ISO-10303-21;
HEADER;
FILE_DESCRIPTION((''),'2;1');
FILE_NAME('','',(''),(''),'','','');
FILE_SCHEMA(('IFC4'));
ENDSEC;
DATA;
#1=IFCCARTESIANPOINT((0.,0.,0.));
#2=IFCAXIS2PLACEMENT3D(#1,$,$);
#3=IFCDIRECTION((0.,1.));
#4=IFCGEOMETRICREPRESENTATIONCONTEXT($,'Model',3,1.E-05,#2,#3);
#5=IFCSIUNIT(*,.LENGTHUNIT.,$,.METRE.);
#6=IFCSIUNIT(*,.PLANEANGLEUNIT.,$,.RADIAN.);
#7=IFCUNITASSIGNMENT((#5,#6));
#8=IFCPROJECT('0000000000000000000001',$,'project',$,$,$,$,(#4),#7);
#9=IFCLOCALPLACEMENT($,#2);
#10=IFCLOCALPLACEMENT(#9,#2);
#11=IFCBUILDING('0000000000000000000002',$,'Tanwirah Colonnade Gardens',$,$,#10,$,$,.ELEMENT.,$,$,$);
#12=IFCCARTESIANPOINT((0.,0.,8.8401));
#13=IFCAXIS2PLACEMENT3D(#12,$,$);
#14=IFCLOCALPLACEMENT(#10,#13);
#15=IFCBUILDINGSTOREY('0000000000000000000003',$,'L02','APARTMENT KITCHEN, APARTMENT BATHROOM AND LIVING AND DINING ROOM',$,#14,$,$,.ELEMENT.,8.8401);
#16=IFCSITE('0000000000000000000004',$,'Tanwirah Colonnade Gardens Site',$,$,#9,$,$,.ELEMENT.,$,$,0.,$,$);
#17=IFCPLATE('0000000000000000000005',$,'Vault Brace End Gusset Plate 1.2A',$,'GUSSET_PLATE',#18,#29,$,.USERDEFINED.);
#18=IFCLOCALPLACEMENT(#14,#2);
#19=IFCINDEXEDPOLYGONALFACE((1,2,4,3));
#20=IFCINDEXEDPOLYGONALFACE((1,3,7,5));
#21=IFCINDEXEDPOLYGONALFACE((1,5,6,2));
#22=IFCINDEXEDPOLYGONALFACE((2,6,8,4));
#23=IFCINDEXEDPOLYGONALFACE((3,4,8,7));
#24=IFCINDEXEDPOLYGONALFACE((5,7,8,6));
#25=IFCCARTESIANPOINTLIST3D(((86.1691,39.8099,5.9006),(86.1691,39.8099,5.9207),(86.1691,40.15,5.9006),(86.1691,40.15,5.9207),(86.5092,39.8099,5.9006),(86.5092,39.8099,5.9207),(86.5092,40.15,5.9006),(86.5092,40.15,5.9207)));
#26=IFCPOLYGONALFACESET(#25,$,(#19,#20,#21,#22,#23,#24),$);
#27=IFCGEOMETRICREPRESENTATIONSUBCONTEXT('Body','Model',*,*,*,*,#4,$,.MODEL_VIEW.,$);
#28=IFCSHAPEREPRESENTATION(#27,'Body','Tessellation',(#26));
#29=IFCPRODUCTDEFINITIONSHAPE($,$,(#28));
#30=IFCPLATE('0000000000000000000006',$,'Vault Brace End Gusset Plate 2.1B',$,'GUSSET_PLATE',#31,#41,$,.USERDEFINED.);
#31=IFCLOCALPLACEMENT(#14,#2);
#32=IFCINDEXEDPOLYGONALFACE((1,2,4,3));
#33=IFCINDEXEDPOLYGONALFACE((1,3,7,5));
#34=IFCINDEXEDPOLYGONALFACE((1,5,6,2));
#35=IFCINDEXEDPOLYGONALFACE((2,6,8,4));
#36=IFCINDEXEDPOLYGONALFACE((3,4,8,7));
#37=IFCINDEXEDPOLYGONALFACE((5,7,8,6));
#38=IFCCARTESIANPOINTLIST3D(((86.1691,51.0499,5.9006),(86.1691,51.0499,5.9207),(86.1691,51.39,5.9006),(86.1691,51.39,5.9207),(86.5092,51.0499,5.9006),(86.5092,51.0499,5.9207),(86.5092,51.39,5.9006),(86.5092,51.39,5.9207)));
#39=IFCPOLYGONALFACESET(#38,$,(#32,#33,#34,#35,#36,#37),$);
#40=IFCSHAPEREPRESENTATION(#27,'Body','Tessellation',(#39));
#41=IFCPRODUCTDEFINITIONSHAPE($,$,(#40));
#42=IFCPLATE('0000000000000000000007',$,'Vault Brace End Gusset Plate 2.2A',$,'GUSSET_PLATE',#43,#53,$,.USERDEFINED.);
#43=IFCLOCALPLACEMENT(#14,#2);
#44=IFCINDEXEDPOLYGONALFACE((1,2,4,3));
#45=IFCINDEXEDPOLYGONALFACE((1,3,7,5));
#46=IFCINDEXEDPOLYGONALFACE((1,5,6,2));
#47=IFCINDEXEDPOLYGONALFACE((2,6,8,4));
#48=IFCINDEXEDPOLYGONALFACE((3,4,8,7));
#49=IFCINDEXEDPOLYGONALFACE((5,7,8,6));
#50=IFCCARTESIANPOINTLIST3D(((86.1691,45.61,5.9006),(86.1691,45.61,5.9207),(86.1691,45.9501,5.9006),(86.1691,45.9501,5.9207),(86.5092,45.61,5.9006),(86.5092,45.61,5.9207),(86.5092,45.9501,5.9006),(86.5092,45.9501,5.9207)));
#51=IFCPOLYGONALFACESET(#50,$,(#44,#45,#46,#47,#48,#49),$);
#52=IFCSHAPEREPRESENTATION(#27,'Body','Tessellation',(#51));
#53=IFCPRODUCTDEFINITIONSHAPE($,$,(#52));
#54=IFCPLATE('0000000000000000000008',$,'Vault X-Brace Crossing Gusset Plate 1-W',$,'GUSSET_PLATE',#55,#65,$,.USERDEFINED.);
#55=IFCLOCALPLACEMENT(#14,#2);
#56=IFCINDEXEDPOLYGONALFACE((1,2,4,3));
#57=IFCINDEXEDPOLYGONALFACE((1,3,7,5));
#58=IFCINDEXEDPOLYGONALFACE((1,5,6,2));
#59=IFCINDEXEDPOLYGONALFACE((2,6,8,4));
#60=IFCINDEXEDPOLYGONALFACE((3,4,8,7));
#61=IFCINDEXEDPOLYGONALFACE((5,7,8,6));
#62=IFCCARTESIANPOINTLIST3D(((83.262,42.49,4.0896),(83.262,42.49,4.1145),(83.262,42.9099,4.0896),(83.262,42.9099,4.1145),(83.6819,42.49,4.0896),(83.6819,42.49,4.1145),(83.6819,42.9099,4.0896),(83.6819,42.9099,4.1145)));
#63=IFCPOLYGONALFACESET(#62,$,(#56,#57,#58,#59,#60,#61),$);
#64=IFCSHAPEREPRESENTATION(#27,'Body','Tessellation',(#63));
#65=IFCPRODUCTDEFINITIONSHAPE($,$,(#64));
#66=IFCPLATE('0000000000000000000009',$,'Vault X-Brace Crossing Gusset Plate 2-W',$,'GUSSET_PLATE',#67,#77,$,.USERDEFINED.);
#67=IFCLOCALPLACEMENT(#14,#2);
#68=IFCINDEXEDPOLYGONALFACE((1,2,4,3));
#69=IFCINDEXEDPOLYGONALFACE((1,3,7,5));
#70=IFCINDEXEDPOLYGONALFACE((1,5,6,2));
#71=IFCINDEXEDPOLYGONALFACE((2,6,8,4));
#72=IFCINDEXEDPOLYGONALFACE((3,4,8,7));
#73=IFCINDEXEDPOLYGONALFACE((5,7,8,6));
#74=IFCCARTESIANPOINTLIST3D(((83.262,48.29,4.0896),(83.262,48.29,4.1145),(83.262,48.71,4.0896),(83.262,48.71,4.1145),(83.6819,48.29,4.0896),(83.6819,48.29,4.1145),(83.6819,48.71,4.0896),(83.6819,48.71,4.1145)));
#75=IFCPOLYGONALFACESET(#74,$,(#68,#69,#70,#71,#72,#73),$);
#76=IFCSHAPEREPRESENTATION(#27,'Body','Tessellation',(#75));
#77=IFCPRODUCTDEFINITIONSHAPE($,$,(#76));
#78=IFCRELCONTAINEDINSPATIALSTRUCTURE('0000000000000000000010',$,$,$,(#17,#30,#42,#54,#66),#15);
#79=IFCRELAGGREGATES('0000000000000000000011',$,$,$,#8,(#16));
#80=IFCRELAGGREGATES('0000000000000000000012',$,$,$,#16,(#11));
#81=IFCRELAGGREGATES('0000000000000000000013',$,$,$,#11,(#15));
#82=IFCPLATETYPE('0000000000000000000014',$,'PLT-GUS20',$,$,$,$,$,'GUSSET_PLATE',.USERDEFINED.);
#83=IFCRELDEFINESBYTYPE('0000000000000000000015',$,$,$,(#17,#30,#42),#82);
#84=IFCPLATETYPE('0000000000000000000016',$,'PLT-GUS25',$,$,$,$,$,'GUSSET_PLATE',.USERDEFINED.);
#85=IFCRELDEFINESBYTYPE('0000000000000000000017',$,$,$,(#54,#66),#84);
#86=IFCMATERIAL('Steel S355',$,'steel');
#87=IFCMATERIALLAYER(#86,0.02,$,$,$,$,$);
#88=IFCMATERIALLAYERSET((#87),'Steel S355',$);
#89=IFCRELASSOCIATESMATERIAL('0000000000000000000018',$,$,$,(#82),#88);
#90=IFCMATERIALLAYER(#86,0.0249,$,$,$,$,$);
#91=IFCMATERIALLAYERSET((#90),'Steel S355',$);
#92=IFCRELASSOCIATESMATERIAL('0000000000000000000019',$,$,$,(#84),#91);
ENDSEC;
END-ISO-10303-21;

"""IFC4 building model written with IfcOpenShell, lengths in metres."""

from ifc_helpers import new_model, si_unit, direction, frame, origin, origin_2d, place, context, subcontext, project, spatial, rectangle, extrude, material, layer, layer_set, type_object, element, save


model = new_model("IFC4")

# Units and contexts
model_context = context("Model", 3, precision=1e-05, world=origin(), true_north=direction((0.0, 1.0)))
body_context = subcontext(model_context, "Body", "Model", "MODEL_VIEW")
ifc_project = project(units=[si_unit("LENGTHUNIT", "METRE"), si_unit("PLANEANGLEUNIT", "RADIAN")], contexts=[model_context])

# Site, building, storey
site_placement = place(None, origin())
site = spatial("IfcSite", under=ifc_project, at=site_placement, Name="Tanwirah Colonnade Gardens Site", CompositionType="ELEMENT", RefElevation=0.0)
building_placement = place(site_placement, origin())
building = spatial("IfcBuilding", under=site, at=building_placement, Name="Tanwirah Colonnade Gardens", CompositionType="ELEMENT")
storey_placement = place(building_placement, frame((0.0, 0.0, 8.8401)))
storey = spatial("IfcBuildingStorey", under=building, at=storey_placement, Name="L02", Description="APARTMENT KITCHEN, APARTMENT BATHROOM AND LIVING AND DINING ROOM", CompositionType="ELEMENT", Elevation=8.8401)

# Shared definitions
ifc_material_1 = material(Name="Steel S355", Category="steel")

# Plates
ifc_layer_1 = layer(ifc_material_1, 0.02)
ifc_layer_set_1 = layer_set([ifc_layer_1], Name="Steel S355")
plate_type_1 = type_object("IfcPlateType", Name="PLT-GUS20", ElementType="GUSSET_PLATE", PredefinedType="USERDEFINED", material=ifc_layer_set_1)
for number, where, z_axis, x_axis, name in (
    (1, (86.3391, 39.98, 5.9006), (0.0, 0.0, 1.0), (1.0, 0.0, 0.0), "Vault Brace End Gusset Plate 1.2A"),
    (2, (86.3391, 51.22, 5.9006), (0.0, 0.0, 1.0), (1.0, 0.0, 0.0), "Vault Brace End Gusset Plate 2.1B"),
    (3, (86.3391, 45.78, 5.9006), (0.0, 0.0, 1.0), (1.0, 0.0, 0.0), "Vault Brace End Gusset Plate 2.2A"),
):
    element("IfcPlate", number, at=place(storey_placement, frame(where, z_axis=z_axis, x_axis=x_axis)), inside=storey, type_object=plate_type_1, Name=name, ObjectType="GUSSET_PLATE", PredefinedType="USERDEFINED", context=body_context, shape_type="SweptSolid", body=[
        extrude(rectangle(XDim=0.3401, YDim=0.3401, at=origin_2d()), origin(), (0.0, 0.0, 1.0), 0.02),
    ])
ifc_layer_2 = layer(ifc_material_1, 0.0249)
ifc_layer_set_2 = layer_set([ifc_layer_2], Name="Steel S355")
plate_type_2 = type_object("IfcPlateType", Name="PLT-GUS25", ElementType="GUSSET_PLATE", PredefinedType="USERDEFINED", material=ifc_layer_set_2)
for number, where, z_axis, x_axis, name in (
    (4, (83.4719, 42.7, 4.0896), (0.0, 0.0, 1.0), (1.0, 0.0, 0.0), "Vault X-Brace Crossing Gusset Plate 1-W"),
    (5, (83.4719, 48.5, 4.0896), (0.0, 0.0, 1.0), (1.0, 0.0, 0.0), "Vault X-Brace Crossing Gusset Plate 2-W"),
):
    element("IfcPlate", number, at=place(storey_placement, frame(where, z_axis=z_axis, x_axis=x_axis)), inside=storey, type_object=plate_type_2, Name=name, ObjectType="GUSSET_PLATE", PredefinedType="USERDEFINED", context=body_context, shape_type="SweptSolid", body=[
        extrude(rectangle(XDim=0.4199, YDim=0.4199, at=origin_2d()), origin(), (0.0, 0.0, 1.0), 0.0249),
    ])

save(model, "model.ifc")
